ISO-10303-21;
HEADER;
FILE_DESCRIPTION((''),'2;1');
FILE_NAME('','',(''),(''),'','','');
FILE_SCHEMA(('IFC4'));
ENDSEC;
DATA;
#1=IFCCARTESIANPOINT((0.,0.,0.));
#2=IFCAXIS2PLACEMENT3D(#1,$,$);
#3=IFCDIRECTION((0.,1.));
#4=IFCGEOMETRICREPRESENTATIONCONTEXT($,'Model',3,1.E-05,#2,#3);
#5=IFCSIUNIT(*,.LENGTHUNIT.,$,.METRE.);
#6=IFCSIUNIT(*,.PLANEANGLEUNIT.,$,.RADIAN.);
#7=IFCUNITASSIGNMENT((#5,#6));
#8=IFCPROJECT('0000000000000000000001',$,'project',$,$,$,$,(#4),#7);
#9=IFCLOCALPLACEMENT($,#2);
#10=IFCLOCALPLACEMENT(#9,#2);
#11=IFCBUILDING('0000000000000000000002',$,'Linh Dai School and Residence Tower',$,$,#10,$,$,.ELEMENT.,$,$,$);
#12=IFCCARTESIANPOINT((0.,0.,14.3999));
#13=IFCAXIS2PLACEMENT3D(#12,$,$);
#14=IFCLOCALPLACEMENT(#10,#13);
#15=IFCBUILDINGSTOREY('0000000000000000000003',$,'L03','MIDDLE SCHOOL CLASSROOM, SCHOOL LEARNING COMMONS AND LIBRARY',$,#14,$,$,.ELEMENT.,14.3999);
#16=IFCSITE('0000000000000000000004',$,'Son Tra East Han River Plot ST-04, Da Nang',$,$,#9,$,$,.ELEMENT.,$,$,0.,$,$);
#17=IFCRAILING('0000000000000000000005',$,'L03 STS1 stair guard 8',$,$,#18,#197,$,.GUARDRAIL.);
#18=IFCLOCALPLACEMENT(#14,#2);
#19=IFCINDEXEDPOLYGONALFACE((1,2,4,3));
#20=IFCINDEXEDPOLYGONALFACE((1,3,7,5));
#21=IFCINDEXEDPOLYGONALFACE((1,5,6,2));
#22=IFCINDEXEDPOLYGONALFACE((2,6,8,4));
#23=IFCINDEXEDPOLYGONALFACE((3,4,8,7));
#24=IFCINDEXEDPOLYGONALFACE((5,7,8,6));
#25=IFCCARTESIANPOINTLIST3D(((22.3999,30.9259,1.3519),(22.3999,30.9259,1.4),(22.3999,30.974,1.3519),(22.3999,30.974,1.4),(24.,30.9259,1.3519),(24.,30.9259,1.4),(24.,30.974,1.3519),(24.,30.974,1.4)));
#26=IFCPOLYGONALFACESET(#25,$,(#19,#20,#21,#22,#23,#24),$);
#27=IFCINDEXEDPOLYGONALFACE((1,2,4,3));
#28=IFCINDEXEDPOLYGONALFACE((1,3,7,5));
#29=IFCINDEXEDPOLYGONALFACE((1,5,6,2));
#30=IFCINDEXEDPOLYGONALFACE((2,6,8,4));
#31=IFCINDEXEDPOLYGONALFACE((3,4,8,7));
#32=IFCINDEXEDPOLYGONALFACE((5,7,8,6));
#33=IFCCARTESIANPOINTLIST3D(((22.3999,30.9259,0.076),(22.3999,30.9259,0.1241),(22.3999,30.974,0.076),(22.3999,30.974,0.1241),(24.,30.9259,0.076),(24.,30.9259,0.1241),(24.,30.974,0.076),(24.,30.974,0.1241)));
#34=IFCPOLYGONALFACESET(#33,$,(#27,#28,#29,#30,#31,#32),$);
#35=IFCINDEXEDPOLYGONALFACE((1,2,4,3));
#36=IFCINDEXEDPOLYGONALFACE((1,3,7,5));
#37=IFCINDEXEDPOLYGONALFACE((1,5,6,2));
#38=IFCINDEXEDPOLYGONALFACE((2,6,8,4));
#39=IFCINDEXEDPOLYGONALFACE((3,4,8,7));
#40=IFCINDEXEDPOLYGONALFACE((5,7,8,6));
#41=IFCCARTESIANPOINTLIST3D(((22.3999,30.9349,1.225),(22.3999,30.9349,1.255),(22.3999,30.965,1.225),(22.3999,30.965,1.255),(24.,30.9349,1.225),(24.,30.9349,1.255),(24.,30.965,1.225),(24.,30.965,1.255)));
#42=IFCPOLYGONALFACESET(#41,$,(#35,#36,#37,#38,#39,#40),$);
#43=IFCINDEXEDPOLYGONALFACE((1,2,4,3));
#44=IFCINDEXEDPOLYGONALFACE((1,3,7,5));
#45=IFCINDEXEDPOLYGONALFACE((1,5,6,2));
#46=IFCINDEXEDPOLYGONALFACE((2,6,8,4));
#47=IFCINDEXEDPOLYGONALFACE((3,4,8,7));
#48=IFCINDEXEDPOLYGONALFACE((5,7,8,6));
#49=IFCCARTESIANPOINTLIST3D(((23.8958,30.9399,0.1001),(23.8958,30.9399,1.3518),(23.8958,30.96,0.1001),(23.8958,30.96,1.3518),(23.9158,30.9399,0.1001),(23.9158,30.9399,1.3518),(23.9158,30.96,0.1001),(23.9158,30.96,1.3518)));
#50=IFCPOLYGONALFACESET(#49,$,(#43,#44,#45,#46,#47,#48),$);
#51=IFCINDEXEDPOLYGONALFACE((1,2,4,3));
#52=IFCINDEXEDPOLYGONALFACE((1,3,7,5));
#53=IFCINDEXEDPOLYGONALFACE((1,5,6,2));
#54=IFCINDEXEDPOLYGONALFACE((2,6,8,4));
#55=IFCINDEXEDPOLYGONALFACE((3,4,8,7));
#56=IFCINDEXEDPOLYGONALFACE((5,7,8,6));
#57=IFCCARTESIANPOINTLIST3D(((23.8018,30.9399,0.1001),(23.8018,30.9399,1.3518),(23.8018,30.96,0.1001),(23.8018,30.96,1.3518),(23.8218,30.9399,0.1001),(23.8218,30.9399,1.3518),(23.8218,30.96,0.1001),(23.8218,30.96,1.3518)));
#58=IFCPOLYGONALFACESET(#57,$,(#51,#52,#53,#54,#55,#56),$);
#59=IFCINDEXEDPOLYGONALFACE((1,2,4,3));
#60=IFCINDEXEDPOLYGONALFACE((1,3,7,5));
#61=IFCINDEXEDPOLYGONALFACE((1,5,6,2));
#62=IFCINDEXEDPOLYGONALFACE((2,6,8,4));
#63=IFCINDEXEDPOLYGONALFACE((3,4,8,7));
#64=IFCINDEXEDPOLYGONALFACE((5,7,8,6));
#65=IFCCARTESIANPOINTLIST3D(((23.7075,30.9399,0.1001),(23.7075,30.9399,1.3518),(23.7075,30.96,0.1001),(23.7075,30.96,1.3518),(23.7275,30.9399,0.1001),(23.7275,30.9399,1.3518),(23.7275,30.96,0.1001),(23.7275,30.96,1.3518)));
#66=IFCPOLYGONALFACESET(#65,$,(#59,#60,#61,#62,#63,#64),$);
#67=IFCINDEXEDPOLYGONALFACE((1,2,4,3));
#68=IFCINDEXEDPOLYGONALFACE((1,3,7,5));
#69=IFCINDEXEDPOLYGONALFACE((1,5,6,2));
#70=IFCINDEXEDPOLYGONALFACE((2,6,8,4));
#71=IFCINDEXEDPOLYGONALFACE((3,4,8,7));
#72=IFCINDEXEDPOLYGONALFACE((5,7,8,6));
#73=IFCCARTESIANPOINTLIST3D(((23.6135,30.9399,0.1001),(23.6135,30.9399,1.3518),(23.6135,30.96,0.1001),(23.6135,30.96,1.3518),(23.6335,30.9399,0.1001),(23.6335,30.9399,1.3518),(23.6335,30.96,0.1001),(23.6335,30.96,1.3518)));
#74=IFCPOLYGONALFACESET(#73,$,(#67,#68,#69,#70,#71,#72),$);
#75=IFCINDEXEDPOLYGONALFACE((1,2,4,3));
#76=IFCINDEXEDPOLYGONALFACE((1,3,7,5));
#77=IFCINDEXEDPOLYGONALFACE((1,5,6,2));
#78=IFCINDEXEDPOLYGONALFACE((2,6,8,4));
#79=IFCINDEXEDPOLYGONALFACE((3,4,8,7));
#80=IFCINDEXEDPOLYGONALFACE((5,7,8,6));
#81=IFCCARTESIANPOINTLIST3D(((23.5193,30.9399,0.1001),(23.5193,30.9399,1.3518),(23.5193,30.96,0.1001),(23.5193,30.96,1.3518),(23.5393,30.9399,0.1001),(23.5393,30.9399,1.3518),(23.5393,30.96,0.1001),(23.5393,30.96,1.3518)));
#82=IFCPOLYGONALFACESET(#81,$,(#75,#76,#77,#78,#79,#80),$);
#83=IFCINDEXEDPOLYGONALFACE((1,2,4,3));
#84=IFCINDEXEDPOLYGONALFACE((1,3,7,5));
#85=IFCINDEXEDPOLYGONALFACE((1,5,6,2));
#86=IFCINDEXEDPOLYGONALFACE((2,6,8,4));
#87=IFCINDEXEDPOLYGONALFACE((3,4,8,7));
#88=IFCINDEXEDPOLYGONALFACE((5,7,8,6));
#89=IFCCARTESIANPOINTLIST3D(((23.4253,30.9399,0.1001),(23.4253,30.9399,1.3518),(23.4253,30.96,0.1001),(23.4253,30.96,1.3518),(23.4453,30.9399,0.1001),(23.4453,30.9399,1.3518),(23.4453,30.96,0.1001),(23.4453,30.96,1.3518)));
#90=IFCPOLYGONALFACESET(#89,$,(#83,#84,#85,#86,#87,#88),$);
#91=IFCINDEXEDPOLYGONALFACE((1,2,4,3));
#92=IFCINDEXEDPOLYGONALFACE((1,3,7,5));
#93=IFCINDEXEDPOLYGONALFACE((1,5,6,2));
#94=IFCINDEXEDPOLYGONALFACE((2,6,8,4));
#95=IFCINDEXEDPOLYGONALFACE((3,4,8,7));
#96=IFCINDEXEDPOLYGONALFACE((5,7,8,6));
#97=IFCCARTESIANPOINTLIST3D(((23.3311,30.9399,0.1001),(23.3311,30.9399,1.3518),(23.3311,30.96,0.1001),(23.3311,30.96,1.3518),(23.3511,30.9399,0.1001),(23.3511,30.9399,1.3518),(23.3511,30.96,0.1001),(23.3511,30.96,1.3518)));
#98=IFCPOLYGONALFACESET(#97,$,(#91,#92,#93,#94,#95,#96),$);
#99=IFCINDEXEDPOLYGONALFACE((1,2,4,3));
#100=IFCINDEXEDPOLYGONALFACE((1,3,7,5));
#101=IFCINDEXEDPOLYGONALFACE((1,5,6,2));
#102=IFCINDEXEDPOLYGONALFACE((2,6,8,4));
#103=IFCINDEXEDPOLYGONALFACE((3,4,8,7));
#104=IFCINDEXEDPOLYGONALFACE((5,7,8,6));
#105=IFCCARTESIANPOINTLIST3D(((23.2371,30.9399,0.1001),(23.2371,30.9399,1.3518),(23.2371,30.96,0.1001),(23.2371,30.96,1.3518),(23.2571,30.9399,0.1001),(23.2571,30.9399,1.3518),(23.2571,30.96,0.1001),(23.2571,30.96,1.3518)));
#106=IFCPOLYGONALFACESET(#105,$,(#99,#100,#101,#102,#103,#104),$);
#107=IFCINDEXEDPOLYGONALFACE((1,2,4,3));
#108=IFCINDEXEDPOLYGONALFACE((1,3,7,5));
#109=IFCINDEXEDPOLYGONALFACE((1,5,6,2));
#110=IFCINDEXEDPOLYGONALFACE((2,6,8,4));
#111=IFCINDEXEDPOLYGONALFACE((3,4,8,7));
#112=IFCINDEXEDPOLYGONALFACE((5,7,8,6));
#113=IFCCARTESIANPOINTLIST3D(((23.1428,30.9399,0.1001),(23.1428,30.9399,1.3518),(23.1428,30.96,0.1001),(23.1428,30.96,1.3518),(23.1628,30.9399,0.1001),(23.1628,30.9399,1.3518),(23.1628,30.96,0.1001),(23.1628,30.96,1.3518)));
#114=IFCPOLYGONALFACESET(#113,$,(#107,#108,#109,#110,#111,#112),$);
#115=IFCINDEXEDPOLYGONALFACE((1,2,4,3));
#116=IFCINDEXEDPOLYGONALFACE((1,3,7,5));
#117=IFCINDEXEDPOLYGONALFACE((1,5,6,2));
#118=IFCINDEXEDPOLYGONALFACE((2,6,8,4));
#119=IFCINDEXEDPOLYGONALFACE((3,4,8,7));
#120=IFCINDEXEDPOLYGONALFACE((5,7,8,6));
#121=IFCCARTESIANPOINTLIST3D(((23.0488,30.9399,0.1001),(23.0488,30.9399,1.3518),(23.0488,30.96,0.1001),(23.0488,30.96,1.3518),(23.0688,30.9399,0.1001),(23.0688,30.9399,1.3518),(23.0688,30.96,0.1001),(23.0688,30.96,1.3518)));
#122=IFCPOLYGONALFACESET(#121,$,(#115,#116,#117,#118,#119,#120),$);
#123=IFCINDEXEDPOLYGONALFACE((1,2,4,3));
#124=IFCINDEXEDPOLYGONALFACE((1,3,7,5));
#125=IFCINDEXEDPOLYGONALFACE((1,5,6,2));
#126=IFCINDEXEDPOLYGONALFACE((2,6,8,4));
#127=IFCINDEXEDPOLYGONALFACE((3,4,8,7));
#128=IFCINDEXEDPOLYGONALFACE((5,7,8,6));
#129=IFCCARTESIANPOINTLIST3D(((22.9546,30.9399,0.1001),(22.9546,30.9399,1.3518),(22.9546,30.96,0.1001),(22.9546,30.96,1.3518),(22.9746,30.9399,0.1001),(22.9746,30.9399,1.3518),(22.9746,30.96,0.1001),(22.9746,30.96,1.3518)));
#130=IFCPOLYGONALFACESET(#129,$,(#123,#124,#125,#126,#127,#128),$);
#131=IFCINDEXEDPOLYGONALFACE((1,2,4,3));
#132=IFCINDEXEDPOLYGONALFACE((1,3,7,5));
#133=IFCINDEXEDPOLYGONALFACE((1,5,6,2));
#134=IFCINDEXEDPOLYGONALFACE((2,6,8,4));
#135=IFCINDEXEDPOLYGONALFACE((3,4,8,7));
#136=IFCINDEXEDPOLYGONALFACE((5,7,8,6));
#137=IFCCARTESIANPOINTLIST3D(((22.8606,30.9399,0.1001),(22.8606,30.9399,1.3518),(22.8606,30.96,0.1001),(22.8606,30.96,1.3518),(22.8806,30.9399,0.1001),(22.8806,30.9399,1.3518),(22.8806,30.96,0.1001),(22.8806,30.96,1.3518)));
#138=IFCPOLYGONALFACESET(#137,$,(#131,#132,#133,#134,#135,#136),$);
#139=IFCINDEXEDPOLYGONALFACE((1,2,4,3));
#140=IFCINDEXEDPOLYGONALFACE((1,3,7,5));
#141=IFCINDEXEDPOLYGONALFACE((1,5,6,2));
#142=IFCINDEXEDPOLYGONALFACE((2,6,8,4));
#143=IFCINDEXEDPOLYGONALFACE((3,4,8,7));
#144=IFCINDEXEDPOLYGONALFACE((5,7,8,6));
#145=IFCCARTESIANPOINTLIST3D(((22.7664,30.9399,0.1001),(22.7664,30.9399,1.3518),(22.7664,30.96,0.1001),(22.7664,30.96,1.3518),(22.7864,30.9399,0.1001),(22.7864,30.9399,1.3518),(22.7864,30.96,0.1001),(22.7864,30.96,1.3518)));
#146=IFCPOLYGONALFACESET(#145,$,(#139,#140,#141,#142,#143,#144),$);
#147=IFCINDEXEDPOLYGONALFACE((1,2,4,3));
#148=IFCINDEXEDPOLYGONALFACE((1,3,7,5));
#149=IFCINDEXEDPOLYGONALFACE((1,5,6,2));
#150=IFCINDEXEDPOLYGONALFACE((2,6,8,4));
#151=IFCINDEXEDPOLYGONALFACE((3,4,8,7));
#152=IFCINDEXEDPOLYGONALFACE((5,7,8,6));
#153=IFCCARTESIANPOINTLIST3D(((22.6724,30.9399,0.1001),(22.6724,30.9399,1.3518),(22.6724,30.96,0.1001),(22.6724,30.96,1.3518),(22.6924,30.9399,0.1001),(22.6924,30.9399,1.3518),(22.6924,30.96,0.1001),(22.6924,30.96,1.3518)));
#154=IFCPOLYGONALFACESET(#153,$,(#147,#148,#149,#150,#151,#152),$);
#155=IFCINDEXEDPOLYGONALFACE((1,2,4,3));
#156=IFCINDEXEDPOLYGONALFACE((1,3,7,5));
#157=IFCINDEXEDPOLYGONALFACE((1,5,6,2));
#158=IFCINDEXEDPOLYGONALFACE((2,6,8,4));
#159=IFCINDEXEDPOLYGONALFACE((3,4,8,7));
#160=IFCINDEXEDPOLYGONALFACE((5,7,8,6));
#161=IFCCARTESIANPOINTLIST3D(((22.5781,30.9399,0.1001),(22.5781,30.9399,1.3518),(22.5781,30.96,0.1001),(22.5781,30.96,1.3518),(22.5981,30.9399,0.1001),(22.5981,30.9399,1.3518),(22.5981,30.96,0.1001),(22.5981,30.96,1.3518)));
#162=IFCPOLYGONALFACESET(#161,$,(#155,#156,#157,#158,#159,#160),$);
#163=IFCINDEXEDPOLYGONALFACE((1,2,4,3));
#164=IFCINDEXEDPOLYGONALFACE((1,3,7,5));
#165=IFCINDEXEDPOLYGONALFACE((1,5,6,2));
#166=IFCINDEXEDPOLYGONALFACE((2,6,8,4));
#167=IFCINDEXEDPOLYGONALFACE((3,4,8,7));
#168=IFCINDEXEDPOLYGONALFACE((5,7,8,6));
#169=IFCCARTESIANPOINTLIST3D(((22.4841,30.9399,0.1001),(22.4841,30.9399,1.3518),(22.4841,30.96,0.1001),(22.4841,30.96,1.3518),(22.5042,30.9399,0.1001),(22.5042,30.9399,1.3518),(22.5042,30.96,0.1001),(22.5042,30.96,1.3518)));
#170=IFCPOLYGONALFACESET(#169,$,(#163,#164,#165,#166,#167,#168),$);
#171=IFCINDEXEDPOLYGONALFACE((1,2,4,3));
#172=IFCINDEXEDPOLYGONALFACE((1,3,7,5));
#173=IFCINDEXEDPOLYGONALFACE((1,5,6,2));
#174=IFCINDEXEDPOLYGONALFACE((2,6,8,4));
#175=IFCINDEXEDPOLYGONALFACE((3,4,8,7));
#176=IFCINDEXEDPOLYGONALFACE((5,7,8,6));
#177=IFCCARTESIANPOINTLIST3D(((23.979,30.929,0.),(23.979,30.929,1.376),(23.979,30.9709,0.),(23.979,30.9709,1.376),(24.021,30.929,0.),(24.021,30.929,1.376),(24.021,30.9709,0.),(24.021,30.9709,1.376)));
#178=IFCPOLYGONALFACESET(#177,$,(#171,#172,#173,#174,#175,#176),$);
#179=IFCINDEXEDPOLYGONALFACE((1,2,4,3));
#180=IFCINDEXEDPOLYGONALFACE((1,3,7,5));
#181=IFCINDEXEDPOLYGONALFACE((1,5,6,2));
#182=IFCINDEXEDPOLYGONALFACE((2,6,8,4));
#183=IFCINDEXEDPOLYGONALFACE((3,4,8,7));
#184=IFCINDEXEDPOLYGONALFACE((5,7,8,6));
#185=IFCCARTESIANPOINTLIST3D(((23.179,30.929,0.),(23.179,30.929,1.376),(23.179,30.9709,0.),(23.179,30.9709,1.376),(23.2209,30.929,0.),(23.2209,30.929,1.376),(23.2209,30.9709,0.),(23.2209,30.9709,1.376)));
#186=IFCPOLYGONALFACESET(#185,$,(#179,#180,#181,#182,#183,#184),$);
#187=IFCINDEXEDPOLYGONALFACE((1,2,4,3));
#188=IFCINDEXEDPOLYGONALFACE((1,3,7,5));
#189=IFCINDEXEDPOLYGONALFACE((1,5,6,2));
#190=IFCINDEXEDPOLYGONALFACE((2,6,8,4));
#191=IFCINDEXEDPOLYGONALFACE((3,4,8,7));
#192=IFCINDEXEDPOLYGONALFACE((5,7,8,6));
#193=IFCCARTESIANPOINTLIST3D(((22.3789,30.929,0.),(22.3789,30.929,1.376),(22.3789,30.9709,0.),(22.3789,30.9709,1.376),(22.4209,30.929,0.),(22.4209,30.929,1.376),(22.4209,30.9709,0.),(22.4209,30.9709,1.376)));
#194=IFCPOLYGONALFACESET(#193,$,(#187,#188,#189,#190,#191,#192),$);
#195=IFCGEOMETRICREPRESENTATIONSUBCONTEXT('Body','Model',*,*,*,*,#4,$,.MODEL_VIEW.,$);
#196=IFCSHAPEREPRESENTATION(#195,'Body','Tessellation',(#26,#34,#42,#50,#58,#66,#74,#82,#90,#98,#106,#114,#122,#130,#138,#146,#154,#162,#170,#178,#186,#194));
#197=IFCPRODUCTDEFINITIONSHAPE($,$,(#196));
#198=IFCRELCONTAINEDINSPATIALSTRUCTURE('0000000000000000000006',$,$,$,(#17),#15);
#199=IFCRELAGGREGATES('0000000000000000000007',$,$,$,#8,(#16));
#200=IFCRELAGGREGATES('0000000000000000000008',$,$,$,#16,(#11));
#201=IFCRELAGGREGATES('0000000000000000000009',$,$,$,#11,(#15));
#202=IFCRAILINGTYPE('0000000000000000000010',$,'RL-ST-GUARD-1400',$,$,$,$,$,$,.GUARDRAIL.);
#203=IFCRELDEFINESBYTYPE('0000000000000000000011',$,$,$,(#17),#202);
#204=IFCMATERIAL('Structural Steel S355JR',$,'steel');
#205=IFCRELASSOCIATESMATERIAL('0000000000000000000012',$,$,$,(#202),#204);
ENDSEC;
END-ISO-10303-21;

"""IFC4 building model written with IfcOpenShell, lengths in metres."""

from ifc_helpers import new_model, si_unit, direction, frame, origin, origin_2d, place, context, subcontext, project, spatial, rectangle, extrude, source, transform, mapped, material, type_object, element, save


model = new_model("IFC4")

# Units and contexts
model_context = context("Model", 3, precision=1e-05, world=origin(), true_north=direction((0.0, 1.0)))
body_context = subcontext(model_context, "Body", "Model", "MODEL_VIEW")
ifc_project = project(units=[si_unit("LENGTHUNIT", "METRE"), si_unit("PLANEANGLEUNIT", "RADIAN")], contexts=[model_context])

# Site, building, storey
site_placement = place(None, origin())
site = spatial("IfcSite", under=ifc_project, at=site_placement, Name="Son Tra East Han River Plot ST-04, Da Nang", CompositionType="ELEMENT", RefElevation=0.0)
building_placement = place(site_placement, origin())
building = spatial("IfcBuilding", under=site, at=building_placement, Name="Linh Dai School and Residence Tower", CompositionType="ELEMENT")
storey_placement = place(building_placement, frame((0.0, 0.0, 14.3999)))
storey = spatial("IfcBuildingStorey", under=building, at=storey_placement, Name="L03", Description="MIDDLE SCHOOL CLASSROOM, SCHOOL LEARNING COMMONS AND LIBRARY", CompositionType="ELEMENT", Elevation=14.3999)

# Shared definitions
ifc_material_1 = material(Name="Structural Steel S355JR", Category="steel")

# Railing
railing_type_1 = type_object("IfcRailingType", Name="RL-ST-GUARD-1400", PredefinedType="GUARDRAIL", material=ifc_material_1)
shared_shape_1 = source(origin(), body_context, "Body", "SweptSolid", [
    extrude(rectangle(XDim=0.0481, YDim=0.0481, at=origin_2d()), frame((0.0, 0.0, 1.376), z_axis=(-1.0, 0.0, 0.0), x_axis=(0.0, -1.0, 0.0)), (0.0, 0.0, 1.0), 1.6001),
    extrude(rectangle(XDim=0.0481, YDim=0.0481, at=origin_2d()), frame((0.0, 0.0, 0.1001), z_axis=(-1.0, 0.0, 0.0), x_axis=(0.0, -1.0, 0.0)), (0.0, 0.0, 1.0), 1.6001),
    extrude(rectangle(XDim=0.03, YDim=0.03, at=origin_2d()), frame((0.0, 0.0, 1.24), z_axis=(-1.0, 0.0, 0.0), x_axis=(0.0, -1.0, 0.0)), (0.0, 0.0, 1.0), 1.6001),
    extrude(rectangle(XDim=0.02, YDim=0.02, at=origin_2d()), frame((-0.0942, 0.0, 0.1001)), (0.0, 0.0, 1.0), 1.2517),
    extrude(rectangle(XDim=0.02, YDim=0.02, at=origin_2d()), frame((-0.1882, 0.0, 0.1001)), (0.0, 0.0, 1.0), 1.2517),
    extrude(rectangle(XDim=0.02, YDim=0.02, at=origin_2d()), frame((-0.2825, 0.0, 0.1001)), (0.0, 0.0, 1.0), 1.2517),
    extrude(rectangle(XDim=0.02, YDim=0.02, at=origin_2d()), frame((-0.3765, 0.0, 0.1001)), (0.0, 0.0, 1.0), 1.2517),
    extrude(rectangle(XDim=0.02, YDim=0.02, at=origin_2d()), frame((-0.4707, 0.0, 0.1001)), (0.0, 0.0, 1.0), 1.2517),
    extrude(rectangle(XDim=0.02, YDim=0.02, at=origin_2d()), frame((-0.5647, 0.0, 0.1001)), (0.0, 0.0, 1.0), 1.2517),
    extrude(rectangle(XDim=0.02, YDim=0.02, at=origin_2d()), frame((-0.6589, 0.0, 0.1001)), (0.0, 0.0, 1.0), 1.2517),
    extrude(rectangle(XDim=0.02, YDim=0.02, at=origin_2d()), frame((-0.7529, 0.0, 0.1001)), (0.0, 0.0, 1.0), 1.2517),
    extrude(rectangle(XDim=0.02, YDim=0.02, at=origin_2d()), frame((-0.8472, 0.0, 0.1001)), (0.0, 0.0, 1.0), 1.2517),
    extrude(rectangle(XDim=0.02, YDim=0.02, at=origin_2d()), frame((-0.9412, 0.0, 0.1001)), (0.0, 0.0, 1.0), 1.2517),
    extrude(rectangle(XDim=0.02, YDim=0.02, at=origin_2d()), frame((-1.0354, 0.0, 0.1001)), (0.0, 0.0, 1.0), 1.2517),
    extrude(rectangle(XDim=0.02, YDim=0.02, at=origin_2d()), frame((-1.1294, 0.0, 0.1001)), (0.0, 0.0, 1.0), 1.2517),
    extrude(rectangle(XDim=0.02, YDim=0.02, at=origin_2d()), frame((-1.2236, 0.0, 0.1001)), (0.0, 0.0, 1.0), 1.2517),
    extrude(rectangle(XDim=0.02, YDim=0.02, at=origin_2d()), frame((-1.3176, 0.0, 0.1001)), (0.0, 0.0, 1.0), 1.2517),
    extrude(rectangle(XDim=0.02, YDim=0.02, at=origin_2d()), frame((-1.4119, 0.0, 0.1001)), (0.0, 0.0, 1.0), 1.2517),
    extrude(rectangle(XDim=0.02, YDim=0.02, at=origin_2d()), frame((-1.5059, 0.0, 0.1001)), (0.0, 0.0, 1.0), 1.2517),
    extrude(rectangle(XDim=0.042, YDim=0.042, at=origin_2d()), origin(), (0.0, 0.0, 1.0), 1.376),
    extrude(rectangle(XDim=0.042, YDim=0.042, at=origin_2d()), frame((-0.8, 0.0, 0.0)), (0.0, 0.0, 1.0), 1.376),
    extrude(rectangle(XDim=0.042, YDim=0.042, at=origin_2d()), frame((-1.6001, 0.0, 0.0)), (0.0, 0.0, 1.0), 1.376),
])
for number, where, name in (
    (1, (24.0, 30.95, 0.0), "L03 STS1 stair guard 8"),
):
    element("IfcRailing", number, at=place(storey_placement, frame(where)), inside=storey, type_object=railing_type_1, Name=name, PredefinedType="GUARDRAIL", context=body_context, shape_type="MappedRepresentation", body=[
        mapped(shared_shape_1, transform((0.0, 0.0, 0.0), x_axis=(1.0, 0.0, 0.0), y_axis=(0.0, 1.0, 0.0), z_axis=(0.0, 0.0, 1.0), scale=1.0)),
    ])

save(model, "model.ifc")
